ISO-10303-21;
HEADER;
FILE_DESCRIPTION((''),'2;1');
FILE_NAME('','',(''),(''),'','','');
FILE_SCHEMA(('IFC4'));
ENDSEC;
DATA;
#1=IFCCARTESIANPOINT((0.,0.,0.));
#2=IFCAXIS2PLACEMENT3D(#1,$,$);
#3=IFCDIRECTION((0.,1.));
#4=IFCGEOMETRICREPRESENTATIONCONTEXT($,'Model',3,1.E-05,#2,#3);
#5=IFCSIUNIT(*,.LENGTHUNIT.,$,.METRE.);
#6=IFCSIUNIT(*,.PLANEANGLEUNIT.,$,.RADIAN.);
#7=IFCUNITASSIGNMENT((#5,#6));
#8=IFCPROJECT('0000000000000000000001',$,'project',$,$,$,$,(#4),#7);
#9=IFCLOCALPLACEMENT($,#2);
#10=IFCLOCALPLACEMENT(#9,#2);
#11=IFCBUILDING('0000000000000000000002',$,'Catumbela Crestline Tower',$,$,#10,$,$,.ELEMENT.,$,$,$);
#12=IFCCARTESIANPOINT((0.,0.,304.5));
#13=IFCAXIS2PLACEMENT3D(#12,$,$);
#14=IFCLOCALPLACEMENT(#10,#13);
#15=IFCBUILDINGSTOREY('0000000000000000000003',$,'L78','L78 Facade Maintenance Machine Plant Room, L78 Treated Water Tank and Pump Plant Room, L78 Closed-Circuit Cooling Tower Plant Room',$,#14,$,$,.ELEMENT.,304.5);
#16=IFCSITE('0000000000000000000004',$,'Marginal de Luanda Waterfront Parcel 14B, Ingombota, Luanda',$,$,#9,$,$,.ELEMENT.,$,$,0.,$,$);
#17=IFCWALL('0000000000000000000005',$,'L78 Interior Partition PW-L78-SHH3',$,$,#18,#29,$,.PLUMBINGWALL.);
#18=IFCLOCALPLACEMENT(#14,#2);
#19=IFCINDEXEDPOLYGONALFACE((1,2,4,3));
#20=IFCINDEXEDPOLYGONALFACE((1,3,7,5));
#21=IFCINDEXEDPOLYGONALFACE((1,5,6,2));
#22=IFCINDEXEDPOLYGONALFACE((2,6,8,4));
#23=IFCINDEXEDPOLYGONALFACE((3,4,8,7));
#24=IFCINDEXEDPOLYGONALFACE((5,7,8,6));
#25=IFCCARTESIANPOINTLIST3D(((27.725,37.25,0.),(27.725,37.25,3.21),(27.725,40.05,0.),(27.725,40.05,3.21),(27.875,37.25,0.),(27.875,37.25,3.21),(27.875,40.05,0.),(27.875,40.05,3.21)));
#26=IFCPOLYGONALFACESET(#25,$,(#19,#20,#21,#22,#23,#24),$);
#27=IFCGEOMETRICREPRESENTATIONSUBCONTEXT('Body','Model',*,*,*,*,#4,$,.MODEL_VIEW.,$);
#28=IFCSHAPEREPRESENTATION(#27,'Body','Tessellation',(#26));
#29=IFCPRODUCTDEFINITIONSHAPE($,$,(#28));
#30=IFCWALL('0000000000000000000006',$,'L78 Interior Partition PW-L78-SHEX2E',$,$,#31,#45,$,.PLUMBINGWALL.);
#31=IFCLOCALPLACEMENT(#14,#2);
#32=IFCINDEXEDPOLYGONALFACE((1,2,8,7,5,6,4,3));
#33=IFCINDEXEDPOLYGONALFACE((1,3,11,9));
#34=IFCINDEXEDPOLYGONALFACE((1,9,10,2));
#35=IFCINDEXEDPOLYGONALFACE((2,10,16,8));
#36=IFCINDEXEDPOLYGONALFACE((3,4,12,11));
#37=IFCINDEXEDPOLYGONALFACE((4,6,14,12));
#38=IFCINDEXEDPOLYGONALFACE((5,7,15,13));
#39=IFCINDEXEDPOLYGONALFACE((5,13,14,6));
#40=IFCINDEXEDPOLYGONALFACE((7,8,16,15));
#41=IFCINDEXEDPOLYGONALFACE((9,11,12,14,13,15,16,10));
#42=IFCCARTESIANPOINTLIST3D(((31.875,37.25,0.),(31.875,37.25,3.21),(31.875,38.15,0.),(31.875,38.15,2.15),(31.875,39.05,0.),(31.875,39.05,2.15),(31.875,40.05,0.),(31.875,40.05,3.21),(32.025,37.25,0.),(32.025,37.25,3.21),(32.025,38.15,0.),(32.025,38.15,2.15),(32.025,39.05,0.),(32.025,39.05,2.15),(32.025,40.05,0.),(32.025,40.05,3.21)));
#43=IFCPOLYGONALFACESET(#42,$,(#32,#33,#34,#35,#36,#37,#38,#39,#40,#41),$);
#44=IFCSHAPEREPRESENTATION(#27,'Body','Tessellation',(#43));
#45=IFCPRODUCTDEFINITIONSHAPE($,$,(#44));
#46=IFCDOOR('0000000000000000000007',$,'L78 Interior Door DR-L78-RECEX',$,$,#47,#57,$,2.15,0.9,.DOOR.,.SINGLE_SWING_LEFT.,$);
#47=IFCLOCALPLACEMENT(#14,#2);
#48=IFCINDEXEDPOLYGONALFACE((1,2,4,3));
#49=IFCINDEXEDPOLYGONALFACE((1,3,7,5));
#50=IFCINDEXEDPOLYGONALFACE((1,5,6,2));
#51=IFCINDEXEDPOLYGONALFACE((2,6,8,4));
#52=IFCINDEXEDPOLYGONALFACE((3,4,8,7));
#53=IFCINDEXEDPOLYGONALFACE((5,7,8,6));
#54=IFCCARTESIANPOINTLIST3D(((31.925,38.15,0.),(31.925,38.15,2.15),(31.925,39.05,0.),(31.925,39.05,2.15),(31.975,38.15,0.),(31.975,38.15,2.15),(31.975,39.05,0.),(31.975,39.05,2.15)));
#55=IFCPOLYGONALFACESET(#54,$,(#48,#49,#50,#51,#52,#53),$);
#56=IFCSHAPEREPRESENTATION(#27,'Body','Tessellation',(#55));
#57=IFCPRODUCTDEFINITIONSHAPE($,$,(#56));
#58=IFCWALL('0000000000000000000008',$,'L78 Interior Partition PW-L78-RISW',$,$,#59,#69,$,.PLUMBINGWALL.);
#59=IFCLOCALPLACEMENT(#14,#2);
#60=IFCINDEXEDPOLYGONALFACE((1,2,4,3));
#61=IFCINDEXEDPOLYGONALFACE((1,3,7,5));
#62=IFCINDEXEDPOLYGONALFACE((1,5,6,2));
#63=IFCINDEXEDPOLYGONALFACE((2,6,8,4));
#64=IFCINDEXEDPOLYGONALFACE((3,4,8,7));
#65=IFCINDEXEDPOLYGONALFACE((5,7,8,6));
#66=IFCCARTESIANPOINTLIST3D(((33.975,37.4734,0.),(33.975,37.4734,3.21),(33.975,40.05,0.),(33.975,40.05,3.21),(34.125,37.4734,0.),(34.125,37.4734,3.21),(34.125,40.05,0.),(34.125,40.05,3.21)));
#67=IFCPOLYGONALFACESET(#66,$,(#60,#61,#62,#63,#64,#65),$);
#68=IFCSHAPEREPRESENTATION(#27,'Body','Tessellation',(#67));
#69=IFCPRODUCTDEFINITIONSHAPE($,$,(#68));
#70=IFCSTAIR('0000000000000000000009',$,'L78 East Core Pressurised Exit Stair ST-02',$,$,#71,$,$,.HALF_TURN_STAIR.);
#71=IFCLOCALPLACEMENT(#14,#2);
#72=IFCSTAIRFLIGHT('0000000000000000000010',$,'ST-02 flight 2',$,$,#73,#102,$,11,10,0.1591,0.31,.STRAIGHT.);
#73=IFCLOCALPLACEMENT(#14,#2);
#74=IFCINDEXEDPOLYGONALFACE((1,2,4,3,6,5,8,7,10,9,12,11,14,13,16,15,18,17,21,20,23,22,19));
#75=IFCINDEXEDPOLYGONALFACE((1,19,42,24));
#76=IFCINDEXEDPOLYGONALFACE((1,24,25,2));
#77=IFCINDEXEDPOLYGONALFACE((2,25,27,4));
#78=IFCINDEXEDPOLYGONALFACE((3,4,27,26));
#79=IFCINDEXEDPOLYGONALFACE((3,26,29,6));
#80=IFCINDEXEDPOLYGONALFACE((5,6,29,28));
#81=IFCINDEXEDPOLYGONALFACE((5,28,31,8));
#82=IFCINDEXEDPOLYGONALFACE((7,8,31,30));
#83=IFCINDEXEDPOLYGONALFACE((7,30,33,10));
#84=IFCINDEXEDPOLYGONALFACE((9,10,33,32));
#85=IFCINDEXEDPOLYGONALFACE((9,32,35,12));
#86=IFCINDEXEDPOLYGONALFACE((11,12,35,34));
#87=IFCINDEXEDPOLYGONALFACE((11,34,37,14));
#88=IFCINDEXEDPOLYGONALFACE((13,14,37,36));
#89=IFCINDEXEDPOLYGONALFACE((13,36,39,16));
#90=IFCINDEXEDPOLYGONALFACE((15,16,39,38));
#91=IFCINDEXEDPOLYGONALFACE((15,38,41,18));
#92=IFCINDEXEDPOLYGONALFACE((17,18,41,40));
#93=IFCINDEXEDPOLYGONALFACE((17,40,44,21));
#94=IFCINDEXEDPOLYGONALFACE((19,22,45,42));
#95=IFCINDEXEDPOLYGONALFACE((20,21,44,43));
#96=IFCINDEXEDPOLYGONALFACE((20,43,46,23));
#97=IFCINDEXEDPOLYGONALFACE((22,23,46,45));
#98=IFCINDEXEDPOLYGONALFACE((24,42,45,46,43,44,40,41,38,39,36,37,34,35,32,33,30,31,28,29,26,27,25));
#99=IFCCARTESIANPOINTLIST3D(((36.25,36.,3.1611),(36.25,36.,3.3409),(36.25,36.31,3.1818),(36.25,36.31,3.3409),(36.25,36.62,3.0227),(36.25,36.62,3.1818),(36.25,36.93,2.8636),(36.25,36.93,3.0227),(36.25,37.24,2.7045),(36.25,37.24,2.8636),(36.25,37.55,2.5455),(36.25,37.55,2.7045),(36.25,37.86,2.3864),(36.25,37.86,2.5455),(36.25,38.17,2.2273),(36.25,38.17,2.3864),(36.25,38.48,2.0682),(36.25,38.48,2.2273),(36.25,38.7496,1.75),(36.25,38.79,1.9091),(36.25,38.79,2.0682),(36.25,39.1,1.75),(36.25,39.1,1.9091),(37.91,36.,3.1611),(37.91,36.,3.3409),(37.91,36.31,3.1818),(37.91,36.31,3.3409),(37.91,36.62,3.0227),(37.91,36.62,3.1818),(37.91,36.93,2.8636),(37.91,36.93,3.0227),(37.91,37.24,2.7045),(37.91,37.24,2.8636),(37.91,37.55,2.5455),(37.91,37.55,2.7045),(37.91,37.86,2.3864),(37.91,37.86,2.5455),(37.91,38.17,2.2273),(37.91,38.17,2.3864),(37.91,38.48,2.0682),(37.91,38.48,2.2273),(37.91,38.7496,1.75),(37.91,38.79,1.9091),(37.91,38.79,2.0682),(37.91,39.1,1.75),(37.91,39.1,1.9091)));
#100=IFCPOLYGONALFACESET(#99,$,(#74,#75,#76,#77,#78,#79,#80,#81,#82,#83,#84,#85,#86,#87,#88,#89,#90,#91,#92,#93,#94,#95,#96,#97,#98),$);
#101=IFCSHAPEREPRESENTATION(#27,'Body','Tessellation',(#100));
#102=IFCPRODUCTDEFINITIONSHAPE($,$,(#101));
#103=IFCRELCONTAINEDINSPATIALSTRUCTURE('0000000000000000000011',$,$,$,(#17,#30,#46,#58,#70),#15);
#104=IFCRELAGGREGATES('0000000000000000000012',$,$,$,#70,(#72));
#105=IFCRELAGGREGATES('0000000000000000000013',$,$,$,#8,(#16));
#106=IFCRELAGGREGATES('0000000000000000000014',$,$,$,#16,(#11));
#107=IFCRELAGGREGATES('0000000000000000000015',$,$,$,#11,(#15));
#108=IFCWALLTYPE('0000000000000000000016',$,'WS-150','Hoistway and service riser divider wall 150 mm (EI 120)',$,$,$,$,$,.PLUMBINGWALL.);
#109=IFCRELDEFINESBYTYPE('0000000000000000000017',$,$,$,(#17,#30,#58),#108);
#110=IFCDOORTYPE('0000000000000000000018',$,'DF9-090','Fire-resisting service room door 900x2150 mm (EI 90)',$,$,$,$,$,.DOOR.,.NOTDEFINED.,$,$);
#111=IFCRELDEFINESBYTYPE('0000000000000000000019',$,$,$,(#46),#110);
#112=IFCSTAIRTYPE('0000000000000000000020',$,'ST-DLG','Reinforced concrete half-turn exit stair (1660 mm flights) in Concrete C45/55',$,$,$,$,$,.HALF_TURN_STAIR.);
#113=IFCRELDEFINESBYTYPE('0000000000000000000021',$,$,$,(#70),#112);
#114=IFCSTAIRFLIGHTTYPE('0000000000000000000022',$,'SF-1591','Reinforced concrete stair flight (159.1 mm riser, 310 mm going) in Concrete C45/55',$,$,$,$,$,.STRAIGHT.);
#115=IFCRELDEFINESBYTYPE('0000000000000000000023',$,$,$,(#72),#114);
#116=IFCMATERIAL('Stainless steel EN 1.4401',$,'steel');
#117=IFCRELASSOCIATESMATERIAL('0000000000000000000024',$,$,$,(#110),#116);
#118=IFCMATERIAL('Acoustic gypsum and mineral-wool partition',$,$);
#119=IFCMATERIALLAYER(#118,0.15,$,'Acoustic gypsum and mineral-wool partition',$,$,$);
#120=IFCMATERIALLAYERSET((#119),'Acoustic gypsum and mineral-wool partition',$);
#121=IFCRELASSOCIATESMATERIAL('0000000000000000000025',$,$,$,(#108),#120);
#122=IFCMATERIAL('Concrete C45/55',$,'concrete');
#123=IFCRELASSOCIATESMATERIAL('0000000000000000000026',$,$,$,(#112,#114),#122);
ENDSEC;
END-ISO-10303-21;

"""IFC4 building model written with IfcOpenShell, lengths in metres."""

from ifc_helpers import new_model, si_unit, direction, frame, frame_2d, origin, place, context, subcontext, project, spatial, polyline, rectangle, outline, extrude, material, layer, layer_set, type_object, element, fill, aggregate, save


model = new_model("IFC4")

# Units and contexts
model_context = context("Model", 3, precision=1e-05, world=origin(), true_north=direction((0.0, 1.0)))
body_context = subcontext(model_context, "Body", "Model", "MODEL_VIEW")
ifc_project = project(units=[si_unit("LENGTHUNIT", "METRE"), si_unit("PLANEANGLEUNIT", "RADIAN")], contexts=[model_context])

# Site, building, storey
site_placement = place(None, origin())
site = spatial("IfcSite", under=ifc_project, at=site_placement, Name="Marginal de Luanda Waterfront Parcel 14B, Ingombota, Luanda", CompositionType="ELEMENT", RefElevation=0.0)
building_placement = place(site_placement, origin())
building = spatial("IfcBuilding", under=site, at=building_placement, Name="Catumbela Crestline Tower", CompositionType="ELEMENT")
storey_placement = place(building_placement, frame((0.0, 0.0, 304.5)))
storey = spatial("IfcBuildingStorey", under=building, at=storey_placement, Name="L78", Description="L78 Facade Maintenance Machine Plant Room, L78 Treated Water Tank and Pump Plant Room, L78 Closed-Circuit Cooling Tower Plant Room", CompositionType="ELEMENT", Elevation=304.5)

# Shared definitions
ifc_material_1 = material(Name="Stainless steel EN 1.4401", Category="steel")

# Shared definitions
ifc_material_2 = material(Name="Acoustic gypsum and mineral-wool partition")

# Shared definitions
door_type_1 = type_object("IfcDoorType", Name="DF9-090", Description="Fire-resisting service room door 900x2150 mm (EI 90)", OperationType="NOTDEFINED", PredefinedType="DOOR", material=ifc_material_1)

# Wall
ifc_layer_1 = layer(ifc_material_2, 0.15, Name="Acoustic gypsum and mineral-wool partition")
ifc_layer_set_1 = layer_set([ifc_layer_1], Name="Acoustic gypsum and mineral-wool partition")
wall_type_1 = type_object("IfcWallType", Name="WS-150", Description="Hoistway and service riser divider wall 150 mm (EI 120)", PredefinedType="PLUMBINGWALL", material=ifc_layer_set_1)
wall_1_placement = place(storey_placement, frame((27.8, 37.25, 0.0), z_axis=(0.0, 0.0, 1.0), x_axis=(0.0, 1.0, 0.0)))
element("IfcWall", 1, at=wall_1_placement, inside=storey, type_object=wall_type_1, Name="L78 Interior Partition PW-L78-SHH3", PredefinedType="PLUMBINGWALL", context=body_context, shape_type="SweptSolid", body=[
    extrude(rectangle(XDim=2.8, YDim=0.15, at=frame_2d((1.4, 0.0))), origin(), (0.0, 0.0, 1.0), 3.21),
])

# Wall, opening, door
wall_2_placement = place(storey_placement, frame((31.95, 37.25, 0.0), z_axis=(0.0, 0.0, 1.0), x_axis=(0.0, 1.0, 0.0)))
wall_2 = element("IfcWall", 2, at=wall_2_placement, inside=storey, type_object=wall_type_1, Name="L78 Interior Partition PW-L78-SHEX2E", PredefinedType="PLUMBINGWALL", context=body_context, shape_type="SweptSolid", body=[
    extrude(rectangle(XDim=2.8, YDim=0.15, at=frame_2d((1.4, 0.0))), origin(), (0.0, 0.0, 1.0), 3.21),
])
opening_1_placement = place(wall_2_placement, frame((0.9, 0.0, 0.0)))
opening_1 = element("IfcOpeningElement", 3, at=opening_1_placement, cuts=wall_2, PredefinedType="OPENING", context=body_context, shape_type="SweptSolid", body=[
    extrude(rectangle(XDim=0.9, YDim=2.15, at=frame_2d((0.45, 1.075))), frame((0.0, 0.085, 0.0), z_axis=(0.0, -1.0, 0.0), x_axis=(1.0, 0.0, 0.0)), (0.0, 0.0, 1.0), 0.17),
])
door_1_placement = place(opening_1_placement, origin())
door_1 = element("IfcDoor", 4, at=door_1_placement, inside=storey, type_object=door_type_1, Name="L78 Interior Door DR-L78-RECEX", OperationType="SINGLE_SWING_LEFT", OverallHeight=2.15, OverallWidth=0.9, PredefinedType="DOOR", context=body_context, shape_type="SweptSolid", body=[
    extrude(rectangle(XDim=0.9, YDim=2.15, at=frame_2d((0.45, 1.075))), frame((0.0, 0.025, 0.0), z_axis=(0.0, -1.0, 0.0), x_axis=(1.0, 0.0, 0.0)), (0.0, 0.0, 1.0), 0.05),
])
fill(opening_1, door_1)

# Wall
wall_3_placement = place(storey_placement, frame((34.05, 37.4734, 0.0), z_axis=(0.0, 0.0, 1.0), x_axis=(0.0, 1.0, 0.0)))
element("IfcWall", 5, at=wall_3_placement, inside=storey, type_object=wall_type_1, Name="L78 Interior Partition PW-L78-RISW", PredefinedType="PLUMBINGWALL", context=body_context, shape_type="SweptSolid", body=[
    extrude(rectangle(XDim=2.5766, YDim=0.15, at=frame_2d((1.2883, 0.0))), origin(), (0.0, 0.0, 1.0), 3.21),
])

# Stair, stair flight
ifc_material_3 = material(Name="Concrete C45/55", Category="concrete")
stair_type = type_object("IfcStairType", Name="ST-DLG", Description="Reinforced concrete half-turn exit stair (1660 mm flights) in Concrete C45/55", PredefinedType="HALF_TURN_STAIR", material=ifc_material_3)
stair_placement = place(storey_placement, origin())
stair = element("IfcStair", 6, at=stair_placement, inside=storey, type_object=stair_type, Name="L78 East Core Pressurised Exit Stair ST-02", PredefinedType="HALF_TURN_STAIR")
stair_flight_type = type_object("IfcStairFlightType", Name="SF-1591", Description="Reinforced concrete stair flight (159.1 mm riser, 310 mm going) in Concrete C45/55", PredefinedType="STRAIGHT", material=ifc_material_3)
stair_flight_placement = place(storey_placement, frame((37.08, 39.1, 1.75), z_axis=(0.0, 0.0, 1.0), x_axis=(0.0, -1.0, 0.0)))
stair_flight = element("IfcStairFlight", 7, at=stair_flight_placement, type_object=stair_flight_type, Name="ST-02 flight 2", NumberOfRisers=11, NumberOfTreads=10, PredefinedType="STRAIGHT", RiserHeight=0.1591, TreadLength=0.31, context=body_context, shape_type="SweptSolid", body=[
    extrude(outline(polyline([(0.0, 0.0), (0.0, 0.1591), (0.31, 0.1591), (0.31, 0.3182), (0.62, 0.3182), (0.62, 0.4773), (0.93, 0.4773), (0.93, 0.6364), (1.24, 0.6364), (1.24, 0.7955), (1.55, 0.7955), (1.55, 0.9545), (1.86, 0.9545), (1.86, 1.1136), (2.17, 1.1136), (2.17, 1.2727), (2.48, 1.2727), (2.48, 1.4318), (2.79, 1.4318), (2.79, 1.5909), (3.1, 1.5909), (3.1, 1.75), (3.1, 1.4111), (0.3504, 0.0), (0.0, 0.0)])), frame((0.0, 0.83, 0.0), z_axis=(0.0, -1.0, 0.0), x_axis=(1.0, 0.0, 0.0)), (0.0, 0.0, 1.0), 1.66),
])
aggregate(stair, [stair_flight])

save(model, "model.ifc")
